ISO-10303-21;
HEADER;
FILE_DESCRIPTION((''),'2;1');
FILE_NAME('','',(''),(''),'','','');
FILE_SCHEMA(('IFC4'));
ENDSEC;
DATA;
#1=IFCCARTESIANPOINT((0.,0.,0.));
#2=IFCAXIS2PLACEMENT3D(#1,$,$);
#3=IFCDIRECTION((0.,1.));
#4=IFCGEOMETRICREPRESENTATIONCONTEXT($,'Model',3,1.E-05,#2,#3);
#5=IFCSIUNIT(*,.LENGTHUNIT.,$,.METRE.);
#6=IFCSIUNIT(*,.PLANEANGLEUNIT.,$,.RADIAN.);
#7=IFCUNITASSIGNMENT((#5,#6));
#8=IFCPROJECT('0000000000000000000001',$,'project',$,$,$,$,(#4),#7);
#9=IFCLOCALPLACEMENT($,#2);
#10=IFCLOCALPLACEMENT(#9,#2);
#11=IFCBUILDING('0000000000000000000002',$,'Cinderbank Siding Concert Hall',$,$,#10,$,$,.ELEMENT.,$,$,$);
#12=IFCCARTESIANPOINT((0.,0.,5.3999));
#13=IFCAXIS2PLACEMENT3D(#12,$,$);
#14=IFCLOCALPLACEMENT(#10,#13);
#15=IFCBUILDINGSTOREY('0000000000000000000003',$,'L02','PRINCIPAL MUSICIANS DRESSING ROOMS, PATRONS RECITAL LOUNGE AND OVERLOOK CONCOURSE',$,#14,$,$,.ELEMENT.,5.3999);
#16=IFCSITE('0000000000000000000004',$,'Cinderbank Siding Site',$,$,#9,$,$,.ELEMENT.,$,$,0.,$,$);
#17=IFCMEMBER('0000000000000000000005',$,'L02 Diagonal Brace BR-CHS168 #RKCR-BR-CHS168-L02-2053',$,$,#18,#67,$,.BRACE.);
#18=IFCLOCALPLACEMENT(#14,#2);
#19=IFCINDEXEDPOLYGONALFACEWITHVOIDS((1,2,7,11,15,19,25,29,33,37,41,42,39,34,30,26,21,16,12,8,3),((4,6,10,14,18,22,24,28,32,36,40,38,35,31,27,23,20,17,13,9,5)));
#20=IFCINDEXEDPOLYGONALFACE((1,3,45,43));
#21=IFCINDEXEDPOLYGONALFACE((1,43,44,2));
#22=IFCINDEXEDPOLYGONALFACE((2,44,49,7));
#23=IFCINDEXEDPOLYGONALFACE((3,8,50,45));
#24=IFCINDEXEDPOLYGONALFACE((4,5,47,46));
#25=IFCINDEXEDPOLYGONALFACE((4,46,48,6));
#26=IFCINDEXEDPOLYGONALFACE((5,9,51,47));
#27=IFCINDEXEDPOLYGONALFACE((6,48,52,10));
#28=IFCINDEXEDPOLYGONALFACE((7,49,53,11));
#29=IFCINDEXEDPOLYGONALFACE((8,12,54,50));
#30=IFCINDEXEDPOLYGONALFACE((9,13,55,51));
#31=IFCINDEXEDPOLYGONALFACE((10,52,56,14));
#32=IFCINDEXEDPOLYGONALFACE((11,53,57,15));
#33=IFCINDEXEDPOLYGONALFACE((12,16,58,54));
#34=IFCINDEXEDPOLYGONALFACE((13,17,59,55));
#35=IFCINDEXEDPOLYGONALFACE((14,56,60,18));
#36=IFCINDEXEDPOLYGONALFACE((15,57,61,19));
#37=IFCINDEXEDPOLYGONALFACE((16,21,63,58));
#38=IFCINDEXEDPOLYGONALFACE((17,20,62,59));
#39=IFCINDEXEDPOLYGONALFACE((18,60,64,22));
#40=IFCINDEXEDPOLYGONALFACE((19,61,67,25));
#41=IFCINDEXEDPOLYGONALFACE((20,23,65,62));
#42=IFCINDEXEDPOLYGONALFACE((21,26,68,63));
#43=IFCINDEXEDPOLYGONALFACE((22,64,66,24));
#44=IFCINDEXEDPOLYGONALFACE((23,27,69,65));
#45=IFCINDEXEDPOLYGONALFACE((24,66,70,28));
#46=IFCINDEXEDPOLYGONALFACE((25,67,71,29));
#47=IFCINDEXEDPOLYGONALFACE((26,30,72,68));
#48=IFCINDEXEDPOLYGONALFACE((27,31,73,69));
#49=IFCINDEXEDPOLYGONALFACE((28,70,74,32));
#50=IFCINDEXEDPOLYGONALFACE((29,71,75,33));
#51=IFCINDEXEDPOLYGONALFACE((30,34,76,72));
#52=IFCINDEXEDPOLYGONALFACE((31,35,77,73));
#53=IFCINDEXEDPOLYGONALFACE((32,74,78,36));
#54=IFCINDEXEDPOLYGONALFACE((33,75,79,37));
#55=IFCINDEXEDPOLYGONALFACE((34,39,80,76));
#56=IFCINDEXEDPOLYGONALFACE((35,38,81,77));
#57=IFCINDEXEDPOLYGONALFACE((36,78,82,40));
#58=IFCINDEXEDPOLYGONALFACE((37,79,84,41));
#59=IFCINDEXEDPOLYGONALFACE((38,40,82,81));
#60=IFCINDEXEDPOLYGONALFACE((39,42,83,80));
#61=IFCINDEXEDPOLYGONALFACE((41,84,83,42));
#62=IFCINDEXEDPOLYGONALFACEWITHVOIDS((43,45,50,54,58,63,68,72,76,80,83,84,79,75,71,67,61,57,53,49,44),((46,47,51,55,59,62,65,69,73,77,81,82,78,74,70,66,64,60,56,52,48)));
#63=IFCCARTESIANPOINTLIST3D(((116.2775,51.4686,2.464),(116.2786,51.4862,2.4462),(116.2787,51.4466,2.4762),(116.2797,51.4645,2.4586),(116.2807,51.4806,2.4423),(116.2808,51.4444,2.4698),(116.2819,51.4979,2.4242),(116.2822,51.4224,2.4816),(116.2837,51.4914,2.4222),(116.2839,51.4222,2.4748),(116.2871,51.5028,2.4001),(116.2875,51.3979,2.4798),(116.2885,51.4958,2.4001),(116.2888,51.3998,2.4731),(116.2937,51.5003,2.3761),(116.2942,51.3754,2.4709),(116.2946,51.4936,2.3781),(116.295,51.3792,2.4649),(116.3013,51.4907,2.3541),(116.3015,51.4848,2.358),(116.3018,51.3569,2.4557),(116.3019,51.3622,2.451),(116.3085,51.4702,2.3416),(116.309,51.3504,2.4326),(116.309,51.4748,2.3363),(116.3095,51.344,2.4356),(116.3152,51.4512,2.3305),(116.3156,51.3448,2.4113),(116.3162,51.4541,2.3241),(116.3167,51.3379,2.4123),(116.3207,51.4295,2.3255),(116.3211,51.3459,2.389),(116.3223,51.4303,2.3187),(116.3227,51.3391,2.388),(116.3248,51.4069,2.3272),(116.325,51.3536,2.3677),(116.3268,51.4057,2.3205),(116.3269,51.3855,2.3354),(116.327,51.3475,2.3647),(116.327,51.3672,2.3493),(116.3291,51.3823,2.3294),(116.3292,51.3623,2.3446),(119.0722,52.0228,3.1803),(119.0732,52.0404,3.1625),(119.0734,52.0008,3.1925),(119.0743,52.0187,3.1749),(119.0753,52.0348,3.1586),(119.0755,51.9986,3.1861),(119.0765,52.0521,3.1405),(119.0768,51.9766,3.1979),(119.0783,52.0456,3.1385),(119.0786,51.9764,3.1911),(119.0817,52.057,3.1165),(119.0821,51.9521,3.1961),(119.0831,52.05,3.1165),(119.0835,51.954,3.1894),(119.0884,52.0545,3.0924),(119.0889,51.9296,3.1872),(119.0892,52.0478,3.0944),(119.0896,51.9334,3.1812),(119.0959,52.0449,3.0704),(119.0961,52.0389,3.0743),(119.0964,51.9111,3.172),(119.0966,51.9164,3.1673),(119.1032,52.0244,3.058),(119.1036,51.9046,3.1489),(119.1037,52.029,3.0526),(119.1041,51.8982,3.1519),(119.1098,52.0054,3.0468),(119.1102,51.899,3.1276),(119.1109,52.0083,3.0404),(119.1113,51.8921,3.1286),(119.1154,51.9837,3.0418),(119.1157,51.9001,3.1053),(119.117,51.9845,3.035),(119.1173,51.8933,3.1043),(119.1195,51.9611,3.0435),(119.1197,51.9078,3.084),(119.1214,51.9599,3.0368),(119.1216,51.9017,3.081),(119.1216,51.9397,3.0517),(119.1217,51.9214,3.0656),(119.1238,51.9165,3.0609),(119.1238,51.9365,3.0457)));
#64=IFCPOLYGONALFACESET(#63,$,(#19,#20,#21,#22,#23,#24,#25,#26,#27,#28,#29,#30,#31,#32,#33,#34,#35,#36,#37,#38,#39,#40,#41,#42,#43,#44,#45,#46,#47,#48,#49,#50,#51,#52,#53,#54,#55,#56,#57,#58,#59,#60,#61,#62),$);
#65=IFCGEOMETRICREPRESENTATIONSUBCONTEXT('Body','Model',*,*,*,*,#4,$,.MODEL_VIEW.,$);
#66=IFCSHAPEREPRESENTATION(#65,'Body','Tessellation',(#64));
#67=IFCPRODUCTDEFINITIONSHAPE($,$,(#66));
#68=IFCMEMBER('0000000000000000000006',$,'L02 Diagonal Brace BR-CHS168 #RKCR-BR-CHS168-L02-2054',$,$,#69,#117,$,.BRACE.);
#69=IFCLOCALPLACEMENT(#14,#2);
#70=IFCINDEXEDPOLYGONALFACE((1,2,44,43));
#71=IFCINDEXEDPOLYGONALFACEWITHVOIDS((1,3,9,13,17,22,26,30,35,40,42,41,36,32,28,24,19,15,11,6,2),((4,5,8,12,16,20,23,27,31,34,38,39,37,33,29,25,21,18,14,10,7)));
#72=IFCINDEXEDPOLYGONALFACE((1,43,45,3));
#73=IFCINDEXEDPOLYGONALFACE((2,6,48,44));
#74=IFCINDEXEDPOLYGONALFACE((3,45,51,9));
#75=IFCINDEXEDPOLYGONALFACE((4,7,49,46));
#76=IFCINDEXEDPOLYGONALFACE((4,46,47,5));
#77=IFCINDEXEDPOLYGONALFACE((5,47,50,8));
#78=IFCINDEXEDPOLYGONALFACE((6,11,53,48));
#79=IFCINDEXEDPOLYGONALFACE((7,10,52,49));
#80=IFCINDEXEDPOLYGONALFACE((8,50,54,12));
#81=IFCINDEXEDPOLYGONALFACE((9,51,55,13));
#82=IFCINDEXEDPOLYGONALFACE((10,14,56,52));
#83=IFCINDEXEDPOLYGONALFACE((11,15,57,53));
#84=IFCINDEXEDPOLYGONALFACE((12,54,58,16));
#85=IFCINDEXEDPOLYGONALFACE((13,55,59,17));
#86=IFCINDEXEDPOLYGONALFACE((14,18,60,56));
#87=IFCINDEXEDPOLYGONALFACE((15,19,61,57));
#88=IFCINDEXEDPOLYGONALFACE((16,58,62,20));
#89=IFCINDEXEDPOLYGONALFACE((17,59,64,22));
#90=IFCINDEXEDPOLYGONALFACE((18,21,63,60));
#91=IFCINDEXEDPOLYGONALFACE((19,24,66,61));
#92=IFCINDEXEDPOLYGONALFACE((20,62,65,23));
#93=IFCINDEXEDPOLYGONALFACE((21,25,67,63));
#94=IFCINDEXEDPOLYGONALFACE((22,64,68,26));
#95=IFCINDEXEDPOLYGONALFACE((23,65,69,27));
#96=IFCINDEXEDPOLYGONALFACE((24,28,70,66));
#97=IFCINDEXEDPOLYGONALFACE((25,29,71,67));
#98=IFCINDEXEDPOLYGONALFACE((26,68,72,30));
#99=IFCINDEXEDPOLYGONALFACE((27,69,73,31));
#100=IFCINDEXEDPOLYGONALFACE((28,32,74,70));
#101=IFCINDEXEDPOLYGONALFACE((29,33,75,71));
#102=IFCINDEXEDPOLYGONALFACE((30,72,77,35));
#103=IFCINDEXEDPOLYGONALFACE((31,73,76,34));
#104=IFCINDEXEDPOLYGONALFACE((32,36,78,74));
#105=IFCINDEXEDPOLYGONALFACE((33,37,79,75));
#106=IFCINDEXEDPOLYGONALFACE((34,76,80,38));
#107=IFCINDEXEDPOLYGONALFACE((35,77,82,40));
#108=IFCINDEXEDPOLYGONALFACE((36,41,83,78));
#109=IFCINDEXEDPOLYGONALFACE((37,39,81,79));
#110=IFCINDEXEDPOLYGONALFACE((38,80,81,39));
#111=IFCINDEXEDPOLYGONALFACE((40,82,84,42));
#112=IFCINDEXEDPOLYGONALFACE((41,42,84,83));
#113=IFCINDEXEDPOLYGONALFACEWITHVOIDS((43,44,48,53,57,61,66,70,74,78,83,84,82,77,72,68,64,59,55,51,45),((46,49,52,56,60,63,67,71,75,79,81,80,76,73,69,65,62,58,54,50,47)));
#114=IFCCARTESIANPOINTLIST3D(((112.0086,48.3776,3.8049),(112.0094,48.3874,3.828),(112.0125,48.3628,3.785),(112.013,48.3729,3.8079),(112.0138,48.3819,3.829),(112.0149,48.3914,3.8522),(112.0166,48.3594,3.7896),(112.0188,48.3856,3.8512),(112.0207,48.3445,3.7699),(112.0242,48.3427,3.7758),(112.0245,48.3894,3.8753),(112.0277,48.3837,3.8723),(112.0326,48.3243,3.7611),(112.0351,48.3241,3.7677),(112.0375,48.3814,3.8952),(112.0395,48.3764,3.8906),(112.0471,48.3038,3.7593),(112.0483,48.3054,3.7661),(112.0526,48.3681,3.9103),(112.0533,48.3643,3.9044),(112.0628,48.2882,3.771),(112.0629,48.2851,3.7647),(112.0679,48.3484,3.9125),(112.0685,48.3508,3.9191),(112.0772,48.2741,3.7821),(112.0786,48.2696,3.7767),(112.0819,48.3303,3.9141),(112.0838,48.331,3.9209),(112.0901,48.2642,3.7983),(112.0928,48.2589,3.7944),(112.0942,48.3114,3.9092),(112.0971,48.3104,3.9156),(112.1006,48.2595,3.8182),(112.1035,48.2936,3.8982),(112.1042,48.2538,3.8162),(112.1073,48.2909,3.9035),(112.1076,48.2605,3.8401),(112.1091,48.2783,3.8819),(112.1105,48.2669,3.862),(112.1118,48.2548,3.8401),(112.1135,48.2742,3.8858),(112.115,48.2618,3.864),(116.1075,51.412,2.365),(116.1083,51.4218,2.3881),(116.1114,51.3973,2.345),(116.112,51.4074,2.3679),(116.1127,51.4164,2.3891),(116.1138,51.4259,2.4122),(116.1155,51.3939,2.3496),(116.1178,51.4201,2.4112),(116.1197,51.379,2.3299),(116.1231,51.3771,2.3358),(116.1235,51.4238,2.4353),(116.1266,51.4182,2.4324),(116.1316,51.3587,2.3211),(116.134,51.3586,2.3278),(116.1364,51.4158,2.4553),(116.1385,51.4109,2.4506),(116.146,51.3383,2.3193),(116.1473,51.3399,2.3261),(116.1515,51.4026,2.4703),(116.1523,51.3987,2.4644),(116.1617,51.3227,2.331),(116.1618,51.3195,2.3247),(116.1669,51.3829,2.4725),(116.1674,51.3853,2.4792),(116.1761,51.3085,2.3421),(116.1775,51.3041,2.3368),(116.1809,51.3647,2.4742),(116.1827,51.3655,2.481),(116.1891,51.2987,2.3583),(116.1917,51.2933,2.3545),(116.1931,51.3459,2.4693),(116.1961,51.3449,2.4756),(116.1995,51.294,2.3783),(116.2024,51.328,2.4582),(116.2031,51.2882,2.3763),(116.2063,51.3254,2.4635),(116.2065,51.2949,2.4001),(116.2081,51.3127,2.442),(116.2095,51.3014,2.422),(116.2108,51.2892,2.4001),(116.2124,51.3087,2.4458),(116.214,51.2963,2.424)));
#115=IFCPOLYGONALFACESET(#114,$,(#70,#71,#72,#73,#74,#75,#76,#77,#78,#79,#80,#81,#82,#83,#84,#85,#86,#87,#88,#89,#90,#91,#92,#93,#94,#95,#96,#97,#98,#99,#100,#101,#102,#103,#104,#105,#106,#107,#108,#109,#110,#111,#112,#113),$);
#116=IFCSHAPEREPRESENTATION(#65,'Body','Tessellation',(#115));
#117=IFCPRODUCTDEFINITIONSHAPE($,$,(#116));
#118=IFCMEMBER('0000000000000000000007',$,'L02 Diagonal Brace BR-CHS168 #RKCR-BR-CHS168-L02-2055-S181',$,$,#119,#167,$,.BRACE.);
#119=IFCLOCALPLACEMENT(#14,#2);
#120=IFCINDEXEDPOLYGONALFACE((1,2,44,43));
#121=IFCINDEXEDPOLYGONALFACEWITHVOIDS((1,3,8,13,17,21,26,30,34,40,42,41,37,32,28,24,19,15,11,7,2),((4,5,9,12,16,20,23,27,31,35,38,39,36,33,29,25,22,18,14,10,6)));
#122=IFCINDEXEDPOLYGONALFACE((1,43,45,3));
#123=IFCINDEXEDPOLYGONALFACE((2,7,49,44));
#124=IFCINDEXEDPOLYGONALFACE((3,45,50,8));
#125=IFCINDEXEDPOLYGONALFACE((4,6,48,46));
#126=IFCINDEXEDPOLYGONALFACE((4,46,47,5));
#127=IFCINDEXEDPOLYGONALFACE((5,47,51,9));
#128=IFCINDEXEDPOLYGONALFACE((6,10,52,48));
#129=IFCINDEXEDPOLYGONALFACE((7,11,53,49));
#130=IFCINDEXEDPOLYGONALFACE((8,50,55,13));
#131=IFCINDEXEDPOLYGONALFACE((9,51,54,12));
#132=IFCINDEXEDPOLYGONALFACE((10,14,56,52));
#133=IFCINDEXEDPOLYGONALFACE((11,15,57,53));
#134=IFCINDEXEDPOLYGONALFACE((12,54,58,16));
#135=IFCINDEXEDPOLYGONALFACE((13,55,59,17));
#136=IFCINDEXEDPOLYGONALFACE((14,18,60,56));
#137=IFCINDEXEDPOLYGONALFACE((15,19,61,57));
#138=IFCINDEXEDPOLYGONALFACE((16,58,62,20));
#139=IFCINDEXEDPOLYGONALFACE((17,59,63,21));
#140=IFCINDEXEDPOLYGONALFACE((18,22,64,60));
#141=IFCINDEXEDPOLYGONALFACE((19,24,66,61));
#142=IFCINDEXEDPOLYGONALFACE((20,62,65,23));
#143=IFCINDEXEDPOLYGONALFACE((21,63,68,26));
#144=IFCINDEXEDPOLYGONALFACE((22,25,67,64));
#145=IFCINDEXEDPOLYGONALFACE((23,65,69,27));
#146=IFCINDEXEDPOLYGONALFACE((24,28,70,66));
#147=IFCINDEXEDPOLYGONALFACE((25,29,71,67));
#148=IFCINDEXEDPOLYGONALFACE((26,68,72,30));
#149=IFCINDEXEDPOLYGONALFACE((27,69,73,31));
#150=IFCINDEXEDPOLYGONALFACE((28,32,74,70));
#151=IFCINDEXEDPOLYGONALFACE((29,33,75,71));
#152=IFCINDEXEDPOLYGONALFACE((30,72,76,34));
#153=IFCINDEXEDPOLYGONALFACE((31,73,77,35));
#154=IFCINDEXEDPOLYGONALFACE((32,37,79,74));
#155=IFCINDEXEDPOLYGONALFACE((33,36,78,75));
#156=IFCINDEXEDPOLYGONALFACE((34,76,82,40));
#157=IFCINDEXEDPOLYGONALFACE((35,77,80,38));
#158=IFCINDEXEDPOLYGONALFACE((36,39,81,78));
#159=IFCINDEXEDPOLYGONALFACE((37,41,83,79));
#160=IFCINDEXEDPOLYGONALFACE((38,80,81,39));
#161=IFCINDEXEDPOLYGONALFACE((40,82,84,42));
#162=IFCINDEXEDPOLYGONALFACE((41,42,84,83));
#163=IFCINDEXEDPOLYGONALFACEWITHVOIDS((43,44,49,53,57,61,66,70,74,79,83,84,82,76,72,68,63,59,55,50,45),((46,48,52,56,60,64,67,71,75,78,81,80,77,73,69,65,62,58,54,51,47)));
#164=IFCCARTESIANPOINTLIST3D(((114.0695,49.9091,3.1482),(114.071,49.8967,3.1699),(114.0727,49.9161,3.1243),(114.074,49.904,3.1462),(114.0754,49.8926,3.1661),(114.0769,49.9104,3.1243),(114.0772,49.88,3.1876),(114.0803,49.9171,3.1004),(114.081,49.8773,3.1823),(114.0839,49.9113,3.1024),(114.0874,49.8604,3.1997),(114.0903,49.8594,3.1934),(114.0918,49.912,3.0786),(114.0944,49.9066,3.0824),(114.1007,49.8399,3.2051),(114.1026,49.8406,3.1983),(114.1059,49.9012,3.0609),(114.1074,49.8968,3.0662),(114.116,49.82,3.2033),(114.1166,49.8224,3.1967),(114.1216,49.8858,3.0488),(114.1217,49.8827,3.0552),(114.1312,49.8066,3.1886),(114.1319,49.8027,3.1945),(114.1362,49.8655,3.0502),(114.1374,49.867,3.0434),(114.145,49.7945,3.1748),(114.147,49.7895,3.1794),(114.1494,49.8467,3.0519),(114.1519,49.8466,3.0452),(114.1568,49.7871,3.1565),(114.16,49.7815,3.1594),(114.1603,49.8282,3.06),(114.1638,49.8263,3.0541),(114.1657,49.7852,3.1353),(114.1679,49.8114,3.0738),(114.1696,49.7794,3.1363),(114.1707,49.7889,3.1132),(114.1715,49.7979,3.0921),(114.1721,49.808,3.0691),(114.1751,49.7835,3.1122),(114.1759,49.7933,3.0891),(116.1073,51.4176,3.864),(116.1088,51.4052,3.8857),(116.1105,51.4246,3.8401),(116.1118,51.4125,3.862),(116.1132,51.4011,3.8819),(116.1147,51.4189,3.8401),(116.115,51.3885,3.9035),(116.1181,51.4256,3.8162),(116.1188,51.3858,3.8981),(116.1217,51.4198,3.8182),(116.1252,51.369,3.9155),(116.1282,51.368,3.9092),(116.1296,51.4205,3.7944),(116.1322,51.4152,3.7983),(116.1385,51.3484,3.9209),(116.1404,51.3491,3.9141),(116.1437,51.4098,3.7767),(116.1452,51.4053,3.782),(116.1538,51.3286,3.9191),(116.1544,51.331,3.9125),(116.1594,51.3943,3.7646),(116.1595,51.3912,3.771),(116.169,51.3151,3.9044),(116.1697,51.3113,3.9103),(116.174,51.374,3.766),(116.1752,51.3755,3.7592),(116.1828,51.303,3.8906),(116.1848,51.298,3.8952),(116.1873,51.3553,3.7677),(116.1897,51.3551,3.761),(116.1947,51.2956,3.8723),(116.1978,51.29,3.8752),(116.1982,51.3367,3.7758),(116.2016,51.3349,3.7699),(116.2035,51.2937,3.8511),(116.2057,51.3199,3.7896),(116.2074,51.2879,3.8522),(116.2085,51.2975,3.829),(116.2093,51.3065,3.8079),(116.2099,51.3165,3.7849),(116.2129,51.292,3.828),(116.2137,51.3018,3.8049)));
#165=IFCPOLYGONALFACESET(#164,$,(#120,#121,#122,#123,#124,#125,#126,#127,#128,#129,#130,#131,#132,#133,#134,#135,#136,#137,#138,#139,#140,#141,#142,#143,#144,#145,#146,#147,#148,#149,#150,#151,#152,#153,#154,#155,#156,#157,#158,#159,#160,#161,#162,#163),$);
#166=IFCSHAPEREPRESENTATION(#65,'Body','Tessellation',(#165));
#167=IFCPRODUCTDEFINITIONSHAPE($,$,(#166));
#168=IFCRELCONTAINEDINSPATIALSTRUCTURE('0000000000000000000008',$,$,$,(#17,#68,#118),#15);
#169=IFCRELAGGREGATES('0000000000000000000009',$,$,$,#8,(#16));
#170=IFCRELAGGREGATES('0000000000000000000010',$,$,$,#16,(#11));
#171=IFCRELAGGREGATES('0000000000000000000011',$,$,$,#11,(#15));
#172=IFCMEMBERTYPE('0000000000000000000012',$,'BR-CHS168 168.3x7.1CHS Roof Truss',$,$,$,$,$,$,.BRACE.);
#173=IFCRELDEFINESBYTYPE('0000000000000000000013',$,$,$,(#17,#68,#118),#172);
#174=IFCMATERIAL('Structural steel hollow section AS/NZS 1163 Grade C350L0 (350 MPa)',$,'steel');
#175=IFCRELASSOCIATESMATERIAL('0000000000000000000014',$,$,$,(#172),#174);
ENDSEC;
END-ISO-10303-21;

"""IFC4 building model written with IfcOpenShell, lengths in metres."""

from ifc_helpers import new_model, si_unit, direction, frame, origin, origin_2d, place, context, subcontext, project, spatial, hollow_circle, extrude, material, material_profile, profile_set, type_object, element, save


model = new_model("IFC4")

# Units and contexts
model_context = context("Model", 3, precision=1e-05, world=origin(), true_north=direction((0.0, 1.0)))
body_context = subcontext(model_context, "Body", "Model", "MODEL_VIEW")
ifc_project = project(units=[si_unit("LENGTHUNIT", "METRE"), si_unit("PLANEANGLEUNIT", "RADIAN")], contexts=[model_context])

# Site, building, storey
site_placement = place(None, origin())
site = spatial("IfcSite", under=ifc_project, at=site_placement, Name="Cinderbank Siding Site", CompositionType="ELEMENT", RefElevation=0.0)
building_placement = place(site_placement, origin())
building = spatial("IfcBuilding", under=site, at=building_placement, Name="Cinderbank Siding Concert Hall", CompositionType="ELEMENT")
storey_placement = place(building_placement, frame((0.0, 0.0, 5.3999)))
storey = spatial("IfcBuildingStorey", under=building, at=storey_placement, Name="L02", Description="PRINCIPAL MUSICIANS DRESSING ROOMS, PATRONS RECITAL LOUNGE AND OVERLOOK CONCOURSE", CompositionType="ELEMENT", Elevation=5.3999)

# Shared definitions
ifc_material_1 = material(Name="Structural steel hollow section AS/NZS 1163 Grade C350L0 (350 MPa)", Category="steel")

# Members
ifc_material_profile_1 = material_profile(ifc_material_1, hollow_circle(Radius=0.0842, WallThickness=0.0071, at=origin_2d()), Name="168.3x7.1CHS", Category="LoadBearing")
ifc_profile_set_1 = profile_set([ifc_material_profile_1], Name="Structural steel hollow section AS/NZS 1163 Grade C350L0 (350 MPa)")
member_type_1 = type_object("IfcMemberType", Name="BR-CHS168 168.3x7.1CHS Roof Truss", PredefinedType="BRACE", material=ifc_profile_set_1)
member_1_placement = place(storey_placement, frame((116.3035, 51.4202, 2.4001), z_axis=(0.951294, 0.188647, 0.243828), x_axis=(-0.194517, 0.980899, 0.0)))
element("IfcMember", 1, at=member_1_placement, inside=storey, type_object=member_type_1, Name="L02 Diagonal Brace BR-CHS168 #RKCR-BR-CHS168-L02-2053", PredefinedType="BRACE", context=body_context, shape_type="SweptSolid", body=[
    extrude(hollow_circle(Radius=0.0842, WallThickness=0.0071, at=origin_2d()), origin(), (0.0, 0.0, 1.0), 2.9377),
])
member_2_placement = place(storey_placement, frame((116.1606, 51.3569, 2.4001), z_axis=(-0.773484, -0.572615, 0.271726), x_axis=(0.595002, -0.803724, 0.0)))
element("IfcMember", 2, at=member_2_placement, inside=storey, type_object=member_type_1, Name="L02 Diagonal Brace BR-CHS168 #RKCR-BR-CHS168-L02-2054", PredefinedType="BRACE", context=body_context, shape_type="SweptSolid", body=[
    extrude(hollow_circle(Radius=0.0842, WallThickness=0.0071, at=origin_2d()), origin(), (0.0, 0.0, 1.0), 5.2993),
])
member_3_placement = place(storey_placement, frame((114.1228, 49.8484, 3.1243), z_axis=(0.773504, 0.572598, 0.271704), x_axis=(-0.594981, 0.80374, 0.0)))
element("IfcMember", 3, at=member_3_placement, inside=storey, type_object=member_type_1, Name="L02 Diagonal Brace BR-CHS168 #RKCR-BR-CHS168-L02-2055-S181", PredefinedType="BRACE", context=body_context, shape_type="SweptSolid", body=[
    extrude(hollow_circle(Radius=0.0842, WallThickness=0.0071, at=origin_2d()), origin(), (0.0, 0.0, 1.0), 2.6345),
])

save(model, "model.ifc")
